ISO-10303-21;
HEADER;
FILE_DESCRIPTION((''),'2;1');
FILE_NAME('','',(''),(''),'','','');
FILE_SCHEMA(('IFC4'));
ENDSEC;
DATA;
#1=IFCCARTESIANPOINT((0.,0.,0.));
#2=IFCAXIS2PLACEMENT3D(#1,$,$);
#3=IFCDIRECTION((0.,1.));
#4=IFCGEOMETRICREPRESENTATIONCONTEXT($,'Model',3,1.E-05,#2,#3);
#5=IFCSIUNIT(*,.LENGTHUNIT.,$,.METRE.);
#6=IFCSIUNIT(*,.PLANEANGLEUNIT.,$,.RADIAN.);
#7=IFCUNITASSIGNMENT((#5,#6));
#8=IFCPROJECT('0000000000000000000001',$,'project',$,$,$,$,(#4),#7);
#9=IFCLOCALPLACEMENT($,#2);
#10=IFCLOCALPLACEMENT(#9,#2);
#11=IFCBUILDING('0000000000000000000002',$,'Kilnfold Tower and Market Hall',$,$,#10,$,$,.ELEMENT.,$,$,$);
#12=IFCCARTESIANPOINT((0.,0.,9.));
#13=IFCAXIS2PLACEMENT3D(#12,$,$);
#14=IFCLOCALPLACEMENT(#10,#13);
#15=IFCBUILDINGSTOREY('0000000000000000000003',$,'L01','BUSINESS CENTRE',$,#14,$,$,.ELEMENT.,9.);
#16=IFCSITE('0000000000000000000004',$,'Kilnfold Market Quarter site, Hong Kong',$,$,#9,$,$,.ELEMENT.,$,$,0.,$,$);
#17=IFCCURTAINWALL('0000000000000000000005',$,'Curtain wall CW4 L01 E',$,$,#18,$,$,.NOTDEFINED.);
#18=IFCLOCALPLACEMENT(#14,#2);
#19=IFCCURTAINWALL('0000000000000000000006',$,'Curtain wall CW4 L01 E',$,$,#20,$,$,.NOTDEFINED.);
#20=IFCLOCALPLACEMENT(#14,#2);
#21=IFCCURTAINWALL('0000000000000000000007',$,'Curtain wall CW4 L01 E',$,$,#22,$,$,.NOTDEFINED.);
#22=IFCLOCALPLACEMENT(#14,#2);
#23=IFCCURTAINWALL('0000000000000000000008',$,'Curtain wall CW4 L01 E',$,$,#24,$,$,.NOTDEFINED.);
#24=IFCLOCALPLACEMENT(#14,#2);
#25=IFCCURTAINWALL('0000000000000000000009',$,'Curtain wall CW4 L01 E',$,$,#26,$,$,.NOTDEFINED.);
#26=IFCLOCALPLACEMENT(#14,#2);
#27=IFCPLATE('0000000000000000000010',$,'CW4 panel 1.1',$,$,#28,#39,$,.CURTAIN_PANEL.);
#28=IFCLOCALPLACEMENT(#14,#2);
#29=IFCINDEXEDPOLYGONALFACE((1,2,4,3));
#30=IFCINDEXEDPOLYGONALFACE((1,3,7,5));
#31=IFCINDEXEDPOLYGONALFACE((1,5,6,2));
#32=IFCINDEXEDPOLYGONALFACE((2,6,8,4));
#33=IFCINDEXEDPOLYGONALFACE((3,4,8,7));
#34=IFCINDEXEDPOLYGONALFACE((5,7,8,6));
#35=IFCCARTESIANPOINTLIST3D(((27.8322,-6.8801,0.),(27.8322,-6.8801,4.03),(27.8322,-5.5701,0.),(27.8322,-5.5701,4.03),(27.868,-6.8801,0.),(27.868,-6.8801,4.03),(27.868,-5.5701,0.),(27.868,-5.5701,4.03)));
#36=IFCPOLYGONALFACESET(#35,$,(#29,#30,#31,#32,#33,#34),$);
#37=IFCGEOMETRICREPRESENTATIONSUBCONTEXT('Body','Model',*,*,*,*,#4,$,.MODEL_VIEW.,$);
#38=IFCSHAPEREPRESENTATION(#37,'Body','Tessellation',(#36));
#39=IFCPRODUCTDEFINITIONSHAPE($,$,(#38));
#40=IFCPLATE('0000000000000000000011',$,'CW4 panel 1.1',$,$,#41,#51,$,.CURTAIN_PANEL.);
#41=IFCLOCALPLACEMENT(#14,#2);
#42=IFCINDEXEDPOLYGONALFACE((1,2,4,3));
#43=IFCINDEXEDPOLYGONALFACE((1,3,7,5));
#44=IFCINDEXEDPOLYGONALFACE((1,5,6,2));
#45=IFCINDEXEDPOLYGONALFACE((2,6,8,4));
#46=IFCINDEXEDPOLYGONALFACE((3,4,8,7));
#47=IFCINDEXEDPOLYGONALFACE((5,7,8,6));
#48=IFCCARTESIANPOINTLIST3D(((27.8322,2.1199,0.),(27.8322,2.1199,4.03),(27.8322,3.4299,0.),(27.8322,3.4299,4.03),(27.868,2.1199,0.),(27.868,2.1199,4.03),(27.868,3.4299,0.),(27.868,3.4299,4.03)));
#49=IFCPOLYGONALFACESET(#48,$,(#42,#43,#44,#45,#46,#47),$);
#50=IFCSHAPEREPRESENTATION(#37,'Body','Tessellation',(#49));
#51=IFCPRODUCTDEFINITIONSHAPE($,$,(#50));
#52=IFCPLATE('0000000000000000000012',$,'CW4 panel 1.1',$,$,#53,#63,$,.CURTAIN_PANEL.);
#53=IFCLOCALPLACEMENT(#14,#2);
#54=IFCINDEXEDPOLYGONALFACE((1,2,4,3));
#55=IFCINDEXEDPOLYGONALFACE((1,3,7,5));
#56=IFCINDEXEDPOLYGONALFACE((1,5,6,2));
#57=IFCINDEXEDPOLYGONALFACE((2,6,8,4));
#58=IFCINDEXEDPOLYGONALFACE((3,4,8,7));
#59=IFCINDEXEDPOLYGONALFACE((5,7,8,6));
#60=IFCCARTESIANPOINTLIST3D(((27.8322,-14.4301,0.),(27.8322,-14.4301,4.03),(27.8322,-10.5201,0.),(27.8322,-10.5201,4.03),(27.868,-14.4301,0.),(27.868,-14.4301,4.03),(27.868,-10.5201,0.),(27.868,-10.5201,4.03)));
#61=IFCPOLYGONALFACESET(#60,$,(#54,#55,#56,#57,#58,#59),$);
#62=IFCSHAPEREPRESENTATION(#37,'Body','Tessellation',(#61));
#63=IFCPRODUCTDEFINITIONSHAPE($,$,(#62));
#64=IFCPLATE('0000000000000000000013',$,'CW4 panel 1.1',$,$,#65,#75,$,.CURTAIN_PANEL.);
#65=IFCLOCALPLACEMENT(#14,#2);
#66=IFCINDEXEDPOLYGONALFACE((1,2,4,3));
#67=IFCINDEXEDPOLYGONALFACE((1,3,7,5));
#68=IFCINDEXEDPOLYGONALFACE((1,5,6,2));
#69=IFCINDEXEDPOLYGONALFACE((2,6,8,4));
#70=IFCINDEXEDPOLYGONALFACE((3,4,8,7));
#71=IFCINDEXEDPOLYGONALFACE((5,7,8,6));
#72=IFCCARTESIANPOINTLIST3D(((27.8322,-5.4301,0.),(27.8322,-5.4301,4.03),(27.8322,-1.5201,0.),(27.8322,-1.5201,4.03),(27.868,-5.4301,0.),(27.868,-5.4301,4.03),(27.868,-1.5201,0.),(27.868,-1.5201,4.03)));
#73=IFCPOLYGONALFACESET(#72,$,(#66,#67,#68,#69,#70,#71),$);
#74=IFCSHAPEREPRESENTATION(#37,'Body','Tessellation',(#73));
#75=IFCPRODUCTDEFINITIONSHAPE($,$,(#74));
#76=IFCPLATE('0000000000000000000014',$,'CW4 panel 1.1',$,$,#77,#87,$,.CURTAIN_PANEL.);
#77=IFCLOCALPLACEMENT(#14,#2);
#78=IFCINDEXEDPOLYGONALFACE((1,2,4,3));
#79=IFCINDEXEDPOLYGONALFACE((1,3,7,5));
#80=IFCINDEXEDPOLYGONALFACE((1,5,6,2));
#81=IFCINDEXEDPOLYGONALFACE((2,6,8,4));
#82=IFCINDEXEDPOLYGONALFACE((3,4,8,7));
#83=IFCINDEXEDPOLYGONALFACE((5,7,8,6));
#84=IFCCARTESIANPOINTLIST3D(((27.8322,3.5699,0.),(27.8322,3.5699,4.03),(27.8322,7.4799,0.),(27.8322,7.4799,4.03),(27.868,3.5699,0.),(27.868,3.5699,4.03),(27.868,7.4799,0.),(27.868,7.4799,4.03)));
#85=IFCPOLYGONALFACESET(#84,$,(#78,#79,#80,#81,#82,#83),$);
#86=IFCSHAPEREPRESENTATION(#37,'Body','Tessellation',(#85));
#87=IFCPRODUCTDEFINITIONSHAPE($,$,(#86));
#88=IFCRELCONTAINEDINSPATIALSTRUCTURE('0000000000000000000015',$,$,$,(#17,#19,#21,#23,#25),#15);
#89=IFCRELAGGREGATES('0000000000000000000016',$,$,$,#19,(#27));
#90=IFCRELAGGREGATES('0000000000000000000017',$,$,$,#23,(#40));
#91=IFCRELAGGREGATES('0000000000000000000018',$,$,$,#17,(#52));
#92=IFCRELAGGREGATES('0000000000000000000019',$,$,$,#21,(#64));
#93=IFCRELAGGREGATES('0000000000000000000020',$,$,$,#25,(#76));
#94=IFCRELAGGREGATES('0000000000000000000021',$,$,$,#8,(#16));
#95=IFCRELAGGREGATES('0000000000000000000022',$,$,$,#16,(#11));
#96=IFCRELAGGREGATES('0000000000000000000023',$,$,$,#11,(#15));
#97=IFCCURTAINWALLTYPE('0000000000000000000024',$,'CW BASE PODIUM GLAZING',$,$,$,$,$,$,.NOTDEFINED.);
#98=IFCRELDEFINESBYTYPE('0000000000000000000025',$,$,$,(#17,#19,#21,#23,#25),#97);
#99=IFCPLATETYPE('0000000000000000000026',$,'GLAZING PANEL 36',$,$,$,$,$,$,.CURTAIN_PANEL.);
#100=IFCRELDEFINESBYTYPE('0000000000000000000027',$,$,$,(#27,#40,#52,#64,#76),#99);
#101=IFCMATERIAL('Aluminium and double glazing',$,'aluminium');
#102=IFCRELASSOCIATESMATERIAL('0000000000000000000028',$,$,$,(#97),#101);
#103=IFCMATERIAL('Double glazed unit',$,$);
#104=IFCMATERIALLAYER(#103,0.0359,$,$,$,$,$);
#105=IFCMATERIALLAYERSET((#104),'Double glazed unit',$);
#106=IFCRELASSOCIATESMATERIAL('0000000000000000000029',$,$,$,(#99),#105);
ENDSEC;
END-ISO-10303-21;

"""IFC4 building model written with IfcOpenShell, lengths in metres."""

from ifc_helpers import new_model, si_unit, direction, frame, origin, origin_2d, place, context, subcontext, project, spatial, rectangle, extrude, source, transform, mapped, material, layer, layer_set, type_object, element, aggregate, save


model = new_model("IFC4")

# Units and contexts
model_context = context("Model", 3, precision=1e-05, world=origin(), true_north=direction((0.0, 1.0)))
body_context = subcontext(model_context, "Body", "Model", "MODEL_VIEW")
ifc_project = project(units=[si_unit("LENGTHUNIT", "METRE"), si_unit("PLANEANGLEUNIT", "RADIAN")], contexts=[model_context])

# Site, building, storey
site_placement = place(None, origin())
site = spatial("IfcSite", under=ifc_project, at=site_placement, Name="Kilnfold Market Quarter site, Hong Kong", CompositionType="ELEMENT", RefElevation=0.0)
building_placement = place(site_placement, origin())
building = spatial("IfcBuilding", under=site, at=building_placement, Name="Kilnfold Tower and Market Hall", CompositionType="ELEMENT")
storey_placement = place(building_placement, frame((0.0, 0.0, 9.0)))
storey = spatial("IfcBuildingStorey", under=building, at=storey_placement, Name="L01", Description="BUSINESS CENTRE", CompositionType="ELEMENT", Elevation=9.0)

# Curtain wall
ifc_material_1 = material(Name="Aluminium and double glazing", Category="aluminium")
curtain_wall_type = type_object("IfcCurtainWallType", Name="CW BASE PODIUM GLAZING", PredefinedType="NOTDEFINED", material=ifc_material_1)
curtain_wall_1_placement = place(storey_placement, origin())
curtain_wall_1 = element("IfcCurtainWall", 1, at=curtain_wall_1_placement, inside=storey, type_object=curtain_wall_type, Name="Curtain wall CW4 L01 E", PredefinedType="NOTDEFINED")

# Curtain walls
curtain_wall_2_placement = place(storey_placement, origin())
curtain_wall_2 = element("IfcCurtainWall", 2, at=curtain_wall_2_placement, inside=storey, type_object=curtain_wall_type, Name="Curtain wall CW4 L01 E", PredefinedType="NOTDEFINED")
curtain_wall_3_placement = place(storey_placement, origin())
curtain_wall_3 = element("IfcCurtainWall", 3, at=curtain_wall_3_placement, inside=storey, type_object=curtain_wall_type, Name="Curtain wall CW4 L01 E", PredefinedType="NOTDEFINED")
curtain_wall_4_placement = place(storey_placement, origin())
curtain_wall_4 = element("IfcCurtainWall", 4, at=curtain_wall_4_placement, inside=storey, type_object=curtain_wall_type, Name="Curtain wall CW4 L01 E", PredefinedType="NOTDEFINED")
curtain_wall_5_placement = place(storey_placement, origin())
curtain_wall_5 = element("IfcCurtainWall", 5, at=curtain_wall_5_placement, inside=storey, type_object=curtain_wall_type, Name="Curtain wall CW4 L01 E", PredefinedType="NOTDEFINED")

# Plates
ifc_material_2 = material(Name="Double glazed unit")
ifc_layer_1 = layer(ifc_material_2, 0.0359)
ifc_layer_set_1 = layer_set([ifc_layer_1], Name="Double glazed unit")
plate_type = type_object("IfcPlateType", Name="GLAZING PANEL 36", PredefinedType="CURTAIN_PANEL", material=ifc_layer_set_1)
shared_shape_1 = source(origin(), body_context, "Body", "SweptSolid", [
    extrude(rectangle(XDim=1.3101, YDim=0.0359, at=origin_2d()), origin(), (0.0, 0.0, 1.0), 4.03),
])
plate_1_placement = place(storey_placement, frame((27.8501, -6.2251, 0.0), z_axis=(0.0, 0.0, 1.0), x_axis=(0.0, 1.0, 0.0)))
plate_1 = element("IfcPlate", 6, at=plate_1_placement, type_object=plate_type, Name="CW4 panel 1.1", PredefinedType="CURTAIN_PANEL", context=body_context, shape_type="MappedRepresentation", body=[
    mapped(shared_shape_1, transform((0.0, 0.0, 0.0))),
])
aggregate(curtain_wall_2, [plate_1])
plate_2_placement = place(storey_placement, frame((27.8501, 2.7749, 0.0), z_axis=(0.0, 0.0, 1.0), x_axis=(0.0, 1.0, 0.0)))
plate_2 = element("IfcPlate", 7, at=plate_2_placement, type_object=plate_type, Name="CW4 panel 1.1", PredefinedType="CURTAIN_PANEL", context=body_context, shape_type="MappedRepresentation", body=[
    mapped(shared_shape_1, transform((0.0, 0.0, 0.0))),
])
aggregate(curtain_wall_4, [plate_2])
shared_shape_2 = source(origin(), body_context, "Body", "SweptSolid", [
    extrude(rectangle(XDim=3.9099, YDim=0.0359, at=origin_2d()), origin(), (0.0, 0.0, 1.0), 4.03),
])
plate_3_placement = place(storey_placement, frame((27.8501, -12.4751, 0.0), z_axis=(0.0, 0.0, 1.0), x_axis=(0.0, 1.0, 0.0)))
plate_3 = element("IfcPlate", 8, at=plate_3_placement, type_object=plate_type, Name="CW4 panel 1.1", PredefinedType="CURTAIN_PANEL", context=body_context, shape_type="MappedRepresentation", body=[
    mapped(shared_shape_2, transform((0.0, 0.0, 0.0))),
])
aggregate(curtain_wall_1, [plate_3])
plate_4_placement = place(storey_placement, frame((27.8501, -3.4751, 0.0), z_axis=(0.0, 0.0, 1.0), x_axis=(0.0, 1.0, 0.0)))
plate_4 = element("IfcPlate", 9, at=plate_4_placement, type_object=plate_type, Name="CW4 panel 1.1", PredefinedType="CURTAIN_PANEL", context=body_context, shape_type="MappedRepresentation", body=[
    mapped(shared_shape_2, transform((0.0, 0.0, 0.0))),
])
aggregate(curtain_wall_3, [plate_4])
plate_5_placement = place(storey_placement, frame((27.8501, 5.5249, 0.0), z_axis=(0.0, 0.0, 1.0), x_axis=(0.0, 1.0, 0.0)))
plate_5 = element("IfcPlate", 10, at=plate_5_placement, type_object=plate_type, Name="CW4 panel 1.1", PredefinedType="CURTAIN_PANEL", context=body_context, shape_type="MappedRepresentation", body=[
    mapped(shared_shape_2, transform((0.0, 0.0, 0.0))),
])
aggregate(curtain_wall_5, [plate_5])

save(model, "model.ifc")
